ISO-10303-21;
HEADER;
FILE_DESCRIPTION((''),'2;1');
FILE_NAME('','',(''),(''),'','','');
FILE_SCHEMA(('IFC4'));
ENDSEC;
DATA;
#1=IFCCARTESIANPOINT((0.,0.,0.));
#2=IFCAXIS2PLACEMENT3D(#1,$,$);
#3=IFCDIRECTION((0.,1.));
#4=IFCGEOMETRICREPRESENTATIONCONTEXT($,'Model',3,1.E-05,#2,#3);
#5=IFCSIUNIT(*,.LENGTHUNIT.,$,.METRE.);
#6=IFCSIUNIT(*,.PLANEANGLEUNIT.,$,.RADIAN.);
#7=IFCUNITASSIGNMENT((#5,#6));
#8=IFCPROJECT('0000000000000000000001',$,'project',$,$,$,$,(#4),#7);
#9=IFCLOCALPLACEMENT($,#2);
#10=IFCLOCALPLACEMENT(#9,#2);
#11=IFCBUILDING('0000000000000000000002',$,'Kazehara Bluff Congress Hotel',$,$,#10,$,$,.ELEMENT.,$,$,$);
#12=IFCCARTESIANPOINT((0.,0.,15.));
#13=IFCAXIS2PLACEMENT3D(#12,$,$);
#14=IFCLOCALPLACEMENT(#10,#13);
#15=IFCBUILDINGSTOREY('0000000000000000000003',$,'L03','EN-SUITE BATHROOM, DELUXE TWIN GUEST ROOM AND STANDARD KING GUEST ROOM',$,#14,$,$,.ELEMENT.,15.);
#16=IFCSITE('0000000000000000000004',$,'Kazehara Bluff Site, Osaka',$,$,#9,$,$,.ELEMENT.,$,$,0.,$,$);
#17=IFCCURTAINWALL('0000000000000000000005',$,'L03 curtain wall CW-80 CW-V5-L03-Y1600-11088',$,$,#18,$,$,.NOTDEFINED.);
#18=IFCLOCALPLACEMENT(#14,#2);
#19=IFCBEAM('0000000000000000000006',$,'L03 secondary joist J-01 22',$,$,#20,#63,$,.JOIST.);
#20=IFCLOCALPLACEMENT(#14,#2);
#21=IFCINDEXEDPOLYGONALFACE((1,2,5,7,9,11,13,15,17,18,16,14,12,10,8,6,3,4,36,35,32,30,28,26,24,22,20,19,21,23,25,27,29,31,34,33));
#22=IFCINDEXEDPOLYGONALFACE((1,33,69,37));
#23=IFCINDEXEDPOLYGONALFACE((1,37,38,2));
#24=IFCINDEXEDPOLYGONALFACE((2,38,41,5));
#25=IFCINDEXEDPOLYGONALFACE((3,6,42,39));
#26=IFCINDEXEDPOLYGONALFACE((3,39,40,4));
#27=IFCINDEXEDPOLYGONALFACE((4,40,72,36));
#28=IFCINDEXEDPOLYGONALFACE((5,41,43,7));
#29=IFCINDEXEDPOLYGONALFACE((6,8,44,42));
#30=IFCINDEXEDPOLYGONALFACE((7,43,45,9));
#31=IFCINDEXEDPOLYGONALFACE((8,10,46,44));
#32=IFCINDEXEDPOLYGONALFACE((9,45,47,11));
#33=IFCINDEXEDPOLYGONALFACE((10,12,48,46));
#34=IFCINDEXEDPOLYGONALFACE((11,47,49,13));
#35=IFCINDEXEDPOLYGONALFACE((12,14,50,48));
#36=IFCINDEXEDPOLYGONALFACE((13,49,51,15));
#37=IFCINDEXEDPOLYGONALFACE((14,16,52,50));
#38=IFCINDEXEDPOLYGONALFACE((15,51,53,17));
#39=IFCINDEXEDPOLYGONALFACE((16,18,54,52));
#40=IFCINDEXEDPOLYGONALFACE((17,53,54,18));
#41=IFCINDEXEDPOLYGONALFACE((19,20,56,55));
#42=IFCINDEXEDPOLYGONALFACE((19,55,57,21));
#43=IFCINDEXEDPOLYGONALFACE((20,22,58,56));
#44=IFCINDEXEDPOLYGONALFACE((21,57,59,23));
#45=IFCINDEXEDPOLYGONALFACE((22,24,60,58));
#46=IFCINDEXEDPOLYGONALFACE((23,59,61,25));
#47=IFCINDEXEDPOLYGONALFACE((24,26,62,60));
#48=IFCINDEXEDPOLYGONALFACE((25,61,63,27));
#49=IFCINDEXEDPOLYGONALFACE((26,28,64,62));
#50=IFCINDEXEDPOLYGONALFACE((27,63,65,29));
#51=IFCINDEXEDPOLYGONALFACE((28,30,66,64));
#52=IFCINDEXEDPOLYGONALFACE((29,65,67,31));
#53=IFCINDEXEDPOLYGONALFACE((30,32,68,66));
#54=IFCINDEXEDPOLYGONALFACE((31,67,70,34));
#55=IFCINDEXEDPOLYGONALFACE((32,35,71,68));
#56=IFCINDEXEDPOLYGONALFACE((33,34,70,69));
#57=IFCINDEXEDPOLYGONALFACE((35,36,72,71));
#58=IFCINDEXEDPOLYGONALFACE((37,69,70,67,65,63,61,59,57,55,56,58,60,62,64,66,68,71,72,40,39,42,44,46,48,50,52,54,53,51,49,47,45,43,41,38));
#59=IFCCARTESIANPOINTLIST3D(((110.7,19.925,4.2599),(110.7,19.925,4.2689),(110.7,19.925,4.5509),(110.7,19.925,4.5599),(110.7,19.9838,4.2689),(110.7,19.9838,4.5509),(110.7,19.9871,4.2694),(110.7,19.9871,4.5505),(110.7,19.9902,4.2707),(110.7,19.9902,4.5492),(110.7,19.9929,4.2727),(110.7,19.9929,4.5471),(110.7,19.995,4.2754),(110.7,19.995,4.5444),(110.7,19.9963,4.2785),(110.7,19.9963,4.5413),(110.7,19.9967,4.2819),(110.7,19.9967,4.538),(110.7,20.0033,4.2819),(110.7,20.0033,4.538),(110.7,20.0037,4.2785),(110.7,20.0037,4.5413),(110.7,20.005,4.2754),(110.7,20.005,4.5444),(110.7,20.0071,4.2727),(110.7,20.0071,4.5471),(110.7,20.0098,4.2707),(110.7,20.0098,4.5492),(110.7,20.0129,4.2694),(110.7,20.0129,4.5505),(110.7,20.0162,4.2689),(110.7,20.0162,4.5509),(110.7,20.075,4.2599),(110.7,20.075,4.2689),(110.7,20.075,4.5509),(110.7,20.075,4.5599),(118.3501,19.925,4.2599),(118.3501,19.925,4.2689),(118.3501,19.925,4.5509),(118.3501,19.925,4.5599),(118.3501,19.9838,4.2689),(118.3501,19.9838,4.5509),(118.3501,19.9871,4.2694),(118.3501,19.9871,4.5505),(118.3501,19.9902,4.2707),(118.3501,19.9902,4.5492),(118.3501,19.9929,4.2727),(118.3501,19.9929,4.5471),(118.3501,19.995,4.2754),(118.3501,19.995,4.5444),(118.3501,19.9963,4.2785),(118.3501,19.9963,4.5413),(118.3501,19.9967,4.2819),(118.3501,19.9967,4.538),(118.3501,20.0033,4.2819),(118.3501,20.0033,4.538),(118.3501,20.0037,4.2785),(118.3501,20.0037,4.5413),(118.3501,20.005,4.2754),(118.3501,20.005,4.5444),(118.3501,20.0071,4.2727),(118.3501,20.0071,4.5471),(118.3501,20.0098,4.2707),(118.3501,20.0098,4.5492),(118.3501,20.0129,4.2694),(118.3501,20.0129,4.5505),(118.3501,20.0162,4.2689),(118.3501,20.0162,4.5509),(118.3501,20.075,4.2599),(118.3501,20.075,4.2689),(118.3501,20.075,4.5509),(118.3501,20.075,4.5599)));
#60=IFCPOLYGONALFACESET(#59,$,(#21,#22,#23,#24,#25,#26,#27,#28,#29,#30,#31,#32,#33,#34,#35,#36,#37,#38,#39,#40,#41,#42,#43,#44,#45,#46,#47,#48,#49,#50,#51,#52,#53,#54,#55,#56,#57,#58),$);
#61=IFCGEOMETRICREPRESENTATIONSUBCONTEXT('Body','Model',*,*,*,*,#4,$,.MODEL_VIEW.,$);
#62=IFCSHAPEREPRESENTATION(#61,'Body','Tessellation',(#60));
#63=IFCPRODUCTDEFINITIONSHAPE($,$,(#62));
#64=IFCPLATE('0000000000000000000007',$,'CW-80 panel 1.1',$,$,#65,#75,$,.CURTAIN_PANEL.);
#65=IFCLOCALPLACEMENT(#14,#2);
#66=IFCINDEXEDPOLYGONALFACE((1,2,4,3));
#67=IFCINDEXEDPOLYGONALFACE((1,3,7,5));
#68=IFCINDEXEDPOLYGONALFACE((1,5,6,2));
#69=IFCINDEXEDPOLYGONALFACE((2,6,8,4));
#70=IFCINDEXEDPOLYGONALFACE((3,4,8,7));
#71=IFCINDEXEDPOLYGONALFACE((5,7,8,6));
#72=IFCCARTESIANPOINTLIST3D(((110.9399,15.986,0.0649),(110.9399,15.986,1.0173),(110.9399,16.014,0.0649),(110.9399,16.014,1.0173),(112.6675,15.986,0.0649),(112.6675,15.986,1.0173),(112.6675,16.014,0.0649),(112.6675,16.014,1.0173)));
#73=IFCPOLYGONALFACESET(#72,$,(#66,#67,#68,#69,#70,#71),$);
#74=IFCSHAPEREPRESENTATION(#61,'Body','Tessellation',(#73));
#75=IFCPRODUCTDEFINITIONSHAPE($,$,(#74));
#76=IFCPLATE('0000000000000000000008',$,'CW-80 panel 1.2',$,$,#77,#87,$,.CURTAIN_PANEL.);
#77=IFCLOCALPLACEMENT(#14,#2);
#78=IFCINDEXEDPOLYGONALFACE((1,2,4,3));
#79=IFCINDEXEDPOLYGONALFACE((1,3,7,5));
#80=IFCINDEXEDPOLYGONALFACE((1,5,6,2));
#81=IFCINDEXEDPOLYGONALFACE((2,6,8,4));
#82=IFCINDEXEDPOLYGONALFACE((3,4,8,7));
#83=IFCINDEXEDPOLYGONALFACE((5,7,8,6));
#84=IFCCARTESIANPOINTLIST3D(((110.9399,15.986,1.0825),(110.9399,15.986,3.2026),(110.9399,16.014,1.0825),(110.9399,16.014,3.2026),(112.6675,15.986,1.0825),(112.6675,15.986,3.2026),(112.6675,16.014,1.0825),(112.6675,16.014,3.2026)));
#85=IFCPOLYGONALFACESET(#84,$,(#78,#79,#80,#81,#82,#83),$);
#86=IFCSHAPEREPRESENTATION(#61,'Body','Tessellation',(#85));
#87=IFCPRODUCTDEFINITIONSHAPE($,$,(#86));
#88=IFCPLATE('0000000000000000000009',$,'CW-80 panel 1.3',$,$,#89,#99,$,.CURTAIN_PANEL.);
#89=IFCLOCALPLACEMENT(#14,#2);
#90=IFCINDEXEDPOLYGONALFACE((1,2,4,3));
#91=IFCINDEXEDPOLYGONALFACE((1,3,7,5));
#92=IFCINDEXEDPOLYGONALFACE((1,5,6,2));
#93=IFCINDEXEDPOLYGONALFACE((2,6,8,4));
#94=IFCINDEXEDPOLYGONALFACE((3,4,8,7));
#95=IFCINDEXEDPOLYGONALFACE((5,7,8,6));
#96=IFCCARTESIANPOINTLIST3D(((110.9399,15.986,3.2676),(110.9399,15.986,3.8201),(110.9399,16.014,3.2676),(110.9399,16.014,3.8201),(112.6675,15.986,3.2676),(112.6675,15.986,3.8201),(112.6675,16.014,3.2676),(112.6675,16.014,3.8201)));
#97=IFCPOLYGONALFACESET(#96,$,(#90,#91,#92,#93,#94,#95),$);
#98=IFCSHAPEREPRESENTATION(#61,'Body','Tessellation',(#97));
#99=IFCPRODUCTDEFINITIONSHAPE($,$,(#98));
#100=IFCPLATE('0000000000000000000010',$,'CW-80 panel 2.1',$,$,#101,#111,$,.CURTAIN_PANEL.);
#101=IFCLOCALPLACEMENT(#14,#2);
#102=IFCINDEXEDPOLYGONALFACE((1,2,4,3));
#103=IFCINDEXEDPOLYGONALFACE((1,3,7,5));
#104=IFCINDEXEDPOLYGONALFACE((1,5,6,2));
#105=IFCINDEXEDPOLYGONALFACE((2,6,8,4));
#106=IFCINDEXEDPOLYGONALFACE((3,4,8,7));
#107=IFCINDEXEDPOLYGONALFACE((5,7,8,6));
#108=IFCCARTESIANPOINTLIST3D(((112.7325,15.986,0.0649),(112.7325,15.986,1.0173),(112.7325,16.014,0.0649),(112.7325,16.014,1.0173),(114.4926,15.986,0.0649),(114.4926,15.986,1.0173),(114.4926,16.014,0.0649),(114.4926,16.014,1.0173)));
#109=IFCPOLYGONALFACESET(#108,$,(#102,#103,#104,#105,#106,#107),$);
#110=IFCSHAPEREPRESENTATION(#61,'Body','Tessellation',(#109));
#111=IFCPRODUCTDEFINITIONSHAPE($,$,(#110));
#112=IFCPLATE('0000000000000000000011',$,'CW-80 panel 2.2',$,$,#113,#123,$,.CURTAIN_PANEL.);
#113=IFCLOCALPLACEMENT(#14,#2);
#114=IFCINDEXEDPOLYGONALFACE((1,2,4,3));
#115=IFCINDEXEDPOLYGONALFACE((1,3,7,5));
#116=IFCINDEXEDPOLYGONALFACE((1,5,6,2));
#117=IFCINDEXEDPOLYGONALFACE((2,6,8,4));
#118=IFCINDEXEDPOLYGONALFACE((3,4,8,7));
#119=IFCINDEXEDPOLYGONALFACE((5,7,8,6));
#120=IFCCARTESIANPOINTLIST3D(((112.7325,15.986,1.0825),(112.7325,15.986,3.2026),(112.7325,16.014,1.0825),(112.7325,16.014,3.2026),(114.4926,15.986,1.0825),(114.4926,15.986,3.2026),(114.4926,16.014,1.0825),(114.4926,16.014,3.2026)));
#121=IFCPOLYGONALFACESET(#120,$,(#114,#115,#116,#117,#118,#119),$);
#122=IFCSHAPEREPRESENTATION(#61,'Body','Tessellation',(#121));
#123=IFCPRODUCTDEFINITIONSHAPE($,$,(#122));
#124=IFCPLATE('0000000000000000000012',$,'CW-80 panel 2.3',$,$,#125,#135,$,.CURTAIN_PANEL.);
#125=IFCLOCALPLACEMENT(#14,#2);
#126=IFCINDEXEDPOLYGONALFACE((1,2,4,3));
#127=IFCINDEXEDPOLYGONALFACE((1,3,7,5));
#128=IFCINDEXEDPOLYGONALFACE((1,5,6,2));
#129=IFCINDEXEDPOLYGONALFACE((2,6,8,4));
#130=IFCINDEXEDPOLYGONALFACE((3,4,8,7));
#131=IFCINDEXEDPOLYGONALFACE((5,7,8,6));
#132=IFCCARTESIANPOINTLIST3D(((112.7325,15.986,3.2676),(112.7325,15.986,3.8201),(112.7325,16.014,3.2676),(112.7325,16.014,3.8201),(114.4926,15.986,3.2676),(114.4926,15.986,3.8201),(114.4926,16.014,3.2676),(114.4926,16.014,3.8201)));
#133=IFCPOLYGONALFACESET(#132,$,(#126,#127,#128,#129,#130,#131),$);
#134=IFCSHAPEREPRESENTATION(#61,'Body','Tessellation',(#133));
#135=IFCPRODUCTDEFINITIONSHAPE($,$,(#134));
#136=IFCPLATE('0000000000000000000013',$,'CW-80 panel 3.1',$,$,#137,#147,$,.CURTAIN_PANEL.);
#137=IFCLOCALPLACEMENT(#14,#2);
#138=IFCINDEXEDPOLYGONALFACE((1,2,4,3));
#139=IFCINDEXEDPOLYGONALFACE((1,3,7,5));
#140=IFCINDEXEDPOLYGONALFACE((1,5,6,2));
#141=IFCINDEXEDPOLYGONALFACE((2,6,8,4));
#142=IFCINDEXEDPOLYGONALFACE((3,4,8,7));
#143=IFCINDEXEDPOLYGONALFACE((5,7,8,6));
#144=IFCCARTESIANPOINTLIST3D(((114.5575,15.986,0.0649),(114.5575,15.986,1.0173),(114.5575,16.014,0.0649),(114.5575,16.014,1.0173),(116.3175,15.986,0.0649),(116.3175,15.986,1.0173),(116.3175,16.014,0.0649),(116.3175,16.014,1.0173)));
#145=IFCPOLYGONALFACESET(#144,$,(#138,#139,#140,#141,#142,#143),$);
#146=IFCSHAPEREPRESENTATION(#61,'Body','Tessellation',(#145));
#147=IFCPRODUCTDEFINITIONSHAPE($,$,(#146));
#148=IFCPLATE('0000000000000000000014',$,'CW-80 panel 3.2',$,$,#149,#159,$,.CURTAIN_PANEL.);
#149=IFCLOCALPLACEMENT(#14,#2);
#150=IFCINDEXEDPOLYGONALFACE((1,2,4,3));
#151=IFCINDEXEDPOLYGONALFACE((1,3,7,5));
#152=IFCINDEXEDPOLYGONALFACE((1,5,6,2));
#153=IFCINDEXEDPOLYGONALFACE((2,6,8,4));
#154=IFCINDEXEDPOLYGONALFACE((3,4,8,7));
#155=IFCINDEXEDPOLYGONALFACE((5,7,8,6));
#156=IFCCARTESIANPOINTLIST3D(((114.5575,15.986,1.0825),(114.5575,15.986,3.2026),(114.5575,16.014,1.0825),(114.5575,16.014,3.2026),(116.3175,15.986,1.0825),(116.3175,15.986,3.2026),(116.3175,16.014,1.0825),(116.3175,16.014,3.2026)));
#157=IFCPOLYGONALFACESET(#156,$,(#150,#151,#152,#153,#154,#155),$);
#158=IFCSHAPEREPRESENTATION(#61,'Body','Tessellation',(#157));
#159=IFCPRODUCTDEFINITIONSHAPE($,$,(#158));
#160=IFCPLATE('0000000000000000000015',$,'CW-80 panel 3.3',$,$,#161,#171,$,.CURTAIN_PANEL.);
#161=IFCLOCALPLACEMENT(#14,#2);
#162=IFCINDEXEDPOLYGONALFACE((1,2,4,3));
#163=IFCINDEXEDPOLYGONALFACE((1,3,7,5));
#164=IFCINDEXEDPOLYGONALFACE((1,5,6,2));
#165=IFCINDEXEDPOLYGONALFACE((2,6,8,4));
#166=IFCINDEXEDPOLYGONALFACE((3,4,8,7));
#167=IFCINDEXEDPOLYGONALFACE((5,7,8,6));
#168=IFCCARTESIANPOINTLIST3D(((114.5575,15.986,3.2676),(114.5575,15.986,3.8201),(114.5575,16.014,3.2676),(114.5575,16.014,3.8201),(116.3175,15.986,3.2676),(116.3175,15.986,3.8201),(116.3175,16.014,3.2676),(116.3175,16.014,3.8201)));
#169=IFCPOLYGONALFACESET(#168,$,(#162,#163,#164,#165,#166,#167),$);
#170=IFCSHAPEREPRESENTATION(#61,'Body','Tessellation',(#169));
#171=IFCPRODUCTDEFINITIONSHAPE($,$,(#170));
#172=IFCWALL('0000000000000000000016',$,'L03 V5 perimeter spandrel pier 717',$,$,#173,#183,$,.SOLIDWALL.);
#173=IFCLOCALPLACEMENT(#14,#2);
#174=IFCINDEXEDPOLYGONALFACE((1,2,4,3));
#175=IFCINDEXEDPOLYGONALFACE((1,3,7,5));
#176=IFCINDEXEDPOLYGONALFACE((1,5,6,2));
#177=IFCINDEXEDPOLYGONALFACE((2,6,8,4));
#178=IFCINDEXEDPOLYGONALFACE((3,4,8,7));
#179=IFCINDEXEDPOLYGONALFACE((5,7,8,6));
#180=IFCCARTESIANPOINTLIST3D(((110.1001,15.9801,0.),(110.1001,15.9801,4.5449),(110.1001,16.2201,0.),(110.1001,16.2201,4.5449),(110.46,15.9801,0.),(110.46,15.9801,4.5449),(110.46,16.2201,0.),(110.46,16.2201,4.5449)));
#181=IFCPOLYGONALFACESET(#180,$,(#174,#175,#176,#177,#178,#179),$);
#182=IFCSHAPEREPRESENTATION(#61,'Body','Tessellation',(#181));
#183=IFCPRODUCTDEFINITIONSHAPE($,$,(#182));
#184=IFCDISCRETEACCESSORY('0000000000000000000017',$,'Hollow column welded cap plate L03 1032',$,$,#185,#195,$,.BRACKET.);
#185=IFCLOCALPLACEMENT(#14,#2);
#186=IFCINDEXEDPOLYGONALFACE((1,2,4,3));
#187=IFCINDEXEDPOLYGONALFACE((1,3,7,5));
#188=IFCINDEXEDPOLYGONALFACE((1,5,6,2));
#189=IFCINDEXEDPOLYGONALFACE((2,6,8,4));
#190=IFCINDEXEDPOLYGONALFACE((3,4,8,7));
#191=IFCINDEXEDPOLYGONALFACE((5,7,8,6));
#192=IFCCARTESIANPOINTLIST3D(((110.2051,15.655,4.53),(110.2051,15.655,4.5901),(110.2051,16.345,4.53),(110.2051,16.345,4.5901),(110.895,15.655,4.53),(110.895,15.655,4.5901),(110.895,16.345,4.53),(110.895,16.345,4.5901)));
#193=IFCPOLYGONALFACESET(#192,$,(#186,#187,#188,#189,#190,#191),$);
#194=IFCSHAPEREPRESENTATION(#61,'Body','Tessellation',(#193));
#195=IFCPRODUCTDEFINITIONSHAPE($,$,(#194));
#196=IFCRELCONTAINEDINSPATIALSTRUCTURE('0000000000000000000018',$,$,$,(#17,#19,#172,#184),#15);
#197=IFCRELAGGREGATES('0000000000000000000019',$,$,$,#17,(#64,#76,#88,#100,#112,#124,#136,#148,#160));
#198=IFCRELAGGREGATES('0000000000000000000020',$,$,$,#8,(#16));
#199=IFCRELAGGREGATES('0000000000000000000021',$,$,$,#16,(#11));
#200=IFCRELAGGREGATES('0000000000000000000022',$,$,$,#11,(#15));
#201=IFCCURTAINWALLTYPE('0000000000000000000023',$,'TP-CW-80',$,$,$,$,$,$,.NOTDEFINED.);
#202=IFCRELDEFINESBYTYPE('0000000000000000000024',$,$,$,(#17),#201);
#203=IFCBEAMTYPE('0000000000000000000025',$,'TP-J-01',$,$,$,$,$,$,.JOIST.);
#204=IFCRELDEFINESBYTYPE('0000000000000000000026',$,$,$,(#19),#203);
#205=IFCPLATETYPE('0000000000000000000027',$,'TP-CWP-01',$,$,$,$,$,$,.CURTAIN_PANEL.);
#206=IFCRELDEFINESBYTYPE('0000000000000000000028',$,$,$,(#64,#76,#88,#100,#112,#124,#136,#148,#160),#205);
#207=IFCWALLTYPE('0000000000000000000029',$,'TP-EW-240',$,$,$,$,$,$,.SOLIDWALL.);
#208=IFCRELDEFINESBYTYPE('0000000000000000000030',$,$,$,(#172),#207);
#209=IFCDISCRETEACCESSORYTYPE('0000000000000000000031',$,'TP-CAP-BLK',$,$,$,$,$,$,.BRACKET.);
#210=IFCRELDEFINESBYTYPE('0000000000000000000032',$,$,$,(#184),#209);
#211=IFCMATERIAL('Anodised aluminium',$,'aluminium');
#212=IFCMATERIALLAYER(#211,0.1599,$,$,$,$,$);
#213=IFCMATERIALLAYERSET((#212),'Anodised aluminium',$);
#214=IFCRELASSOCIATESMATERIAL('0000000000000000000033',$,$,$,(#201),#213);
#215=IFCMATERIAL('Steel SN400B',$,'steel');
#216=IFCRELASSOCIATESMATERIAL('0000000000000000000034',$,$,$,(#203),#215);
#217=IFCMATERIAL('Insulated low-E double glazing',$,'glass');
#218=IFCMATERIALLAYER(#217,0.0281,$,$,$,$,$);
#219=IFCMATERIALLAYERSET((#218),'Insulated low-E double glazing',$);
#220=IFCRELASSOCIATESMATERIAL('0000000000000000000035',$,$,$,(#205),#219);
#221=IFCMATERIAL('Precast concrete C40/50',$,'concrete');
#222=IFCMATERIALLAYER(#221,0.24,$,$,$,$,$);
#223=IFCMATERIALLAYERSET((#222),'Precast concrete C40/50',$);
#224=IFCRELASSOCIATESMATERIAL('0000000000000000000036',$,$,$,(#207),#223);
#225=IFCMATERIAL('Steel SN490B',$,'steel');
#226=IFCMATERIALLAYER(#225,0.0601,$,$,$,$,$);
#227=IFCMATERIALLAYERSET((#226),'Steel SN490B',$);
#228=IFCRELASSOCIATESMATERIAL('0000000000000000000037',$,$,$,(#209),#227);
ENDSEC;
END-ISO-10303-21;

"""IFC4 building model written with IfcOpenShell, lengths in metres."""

from ifc_helpers import new_model, si_unit, direction, frame, frame_2d, origin, origin_2d, place, context, subcontext, project, spatial, rectangle, i_section, extrude, material, layer, layer_set, material_profile, profile_set, type_object, element, aggregate, save


model = new_model("IFC4")

# Units and contexts
model_context = context("Model", 3, precision=1e-05, world=origin(), true_north=direction((0.0, 1.0)))
body_context = subcontext(model_context, "Body", "Model", "MODEL_VIEW")
ifc_project = project(units=[si_unit("LENGTHUNIT", "METRE"), si_unit("PLANEANGLEUNIT", "RADIAN")], contexts=[model_context])

# Site, building, storey
site_placement = place(None, origin())
site = spatial("IfcSite", under=ifc_project, at=site_placement, Name="Kazehara Bluff Site, Osaka", CompositionType="ELEMENT", RefElevation=0.0)
building_placement = place(site_placement, origin())
building = spatial("IfcBuilding", under=site, at=building_placement, Name="Kazehara Bluff Congress Hotel", CompositionType="ELEMENT")
storey_placement = place(building_placement, frame((0.0, 0.0, 15.0)))
storey = spatial("IfcBuildingStorey", under=building, at=storey_placement, Name="L03", Description="EN-SUITE BATHROOM, DELUXE TWIN GUEST ROOM AND STANDARD KING GUEST ROOM", CompositionType="ELEMENT", Elevation=15.0)

# Curtain wall
ifc_material_1 = material(Name="Anodised aluminium", Category="aluminium")
ifc_layer_1 = layer(ifc_material_1, 0.1599)
ifc_layer_set_1 = layer_set([ifc_layer_1], Name="Anodised aluminium")
curtain_wall_type = type_object("IfcCurtainWallType", Name="TP-CW-80", PredefinedType="NOTDEFINED", material=ifc_layer_set_1)
curtain_wall_placement = place(storey_placement, origin())
curtain_wall = element("IfcCurtainWall", 1, at=curtain_wall_placement, inside=storey, type_object=curtain_wall_type, Name="L03 curtain wall CW-80 CW-V5-L03-Y1600-11088", PredefinedType="NOTDEFINED")

# Beam
ifc_material_2 = material(Name="Steel SN400B", Category="steel")
ifc_material_profile_1 = material_profile(ifc_material_2, i_section(OverallWidth=0.1499, OverallDepth=0.3, WebThickness=0.0066, FlangeThickness=0.009, FilletRadius=0.0129, at=origin_2d()))
ifc_profile_set_1 = profile_set([ifc_material_profile_1], Name="Steel SN400B")
beam_type_1 = type_object("IfcBeamType", Name="TP-J-01", PredefinedType="JOIST", material=ifc_profile_set_1)
beam_1_placement = place(storey_placement, frame((110.7, 20.0, 4.4099), z_axis=(1.0, 0.0, 0.0), x_axis=(0.0, 1.0, 0.0)))
element("IfcBeam", 2, at=beam_1_placement, inside=storey, type_object=beam_type_1, Name="L03 secondary joist J-01 22", PredefinedType="JOIST", context=body_context, shape_type="SweptSolid", body=[
    extrude(i_section(OverallWidth=0.1499, OverallDepth=0.3, WebThickness=0.0066, FlangeThickness=0.009, FilletRadius=0.0129, at=origin_2d()), origin(), (0.0, 0.0, 1.0), 7.6501),
])

# Plates
ifc_material_3 = material(Name="Insulated low-E double glazing", Category="glass")
ifc_layer_2 = layer(ifc_material_3, 0.0281)
ifc_layer_set_2 = layer_set([ifc_layer_2], Name="Insulated low-E double glazing")
plate_type = type_object("IfcPlateType", Name="TP-CWP-01", PredefinedType="CURTAIN_PANEL", material=ifc_layer_set_2)
plate_1_placement = place(storey_placement, frame((111.8037, 16.0, 0.0649), z_axis=(0.0, 0.0, 1.0), x_axis=(1.0, 0.0, 0.0)))
plate_1 = element("IfcPlate", 3, at=plate_1_placement, type_object=plate_type, Name="CW-80 panel 1.1", PredefinedType="CURTAIN_PANEL", context=body_context, shape_type="SweptSolid", body=[
    extrude(rectangle(XDim=1.7275, YDim=0.0281, at=origin_2d()), origin(), (0.0, 0.0, 1.0), 0.9524),
])
plate_2_placement = place(storey_placement, frame((111.8037, 16.0, 1.0825), z_axis=(0.0, 0.0, 1.0), x_axis=(1.0, 0.0, 0.0)))
plate_2 = element("IfcPlate", 4, at=plate_2_placement, type_object=plate_type, Name="CW-80 panel 1.2", PredefinedType="CURTAIN_PANEL", context=body_context, shape_type="SweptSolid", body=[
    extrude(rectangle(XDim=1.7275, YDim=0.0281, at=origin_2d()), origin(), (0.0, 0.0, 1.0), 2.1201),
])
plate_3_placement = place(storey_placement, frame((111.8037, 16.0, 3.2676), z_axis=(0.0, 0.0, 1.0), x_axis=(1.0, 0.0, 0.0)))
plate_3 = element("IfcPlate", 5, at=plate_3_placement, type_object=plate_type, Name="CW-80 panel 1.3", PredefinedType="CURTAIN_PANEL", context=body_context, shape_type="SweptSolid", body=[
    extrude(rectangle(XDim=1.7275, YDim=0.0281, at=origin_2d()), origin(), (0.0, 0.0, 1.0), 0.5525),
])
plate_4_placement = place(storey_placement, frame((113.6125, 16.0, 0.0649), z_axis=(0.0, 0.0, 1.0), x_axis=(1.0, 0.0, 0.0)))
plate_4 = element("IfcPlate", 6, at=plate_4_placement, type_object=plate_type, Name="CW-80 panel 2.1", PredefinedType="CURTAIN_PANEL", context=body_context, shape_type="SweptSolid", body=[
    extrude(rectangle(XDim=1.76, YDim=0.0281, at=origin_2d()), origin(), (0.0, 0.0, 1.0), 0.9524),
])
plate_5_placement = place(storey_placement, frame((113.6125, 16.0, 1.0825), z_axis=(0.0, 0.0, 1.0), x_axis=(1.0, 0.0, 0.0)))
plate_5 = element("IfcPlate", 7, at=plate_5_placement, type_object=plate_type, Name="CW-80 panel 2.2", PredefinedType="CURTAIN_PANEL", context=body_context, shape_type="SweptSolid", body=[
    extrude(rectangle(XDim=1.76, YDim=0.0281, at=origin_2d()), origin(), (0.0, 0.0, 1.0), 2.1201),
])
plate_6_placement = place(storey_placement, frame((113.6125, 16.0, 3.2676), z_axis=(0.0, 0.0, 1.0), x_axis=(1.0, 0.0, 0.0)))
plate_6 = element("IfcPlate", 8, at=plate_6_placement, type_object=plate_type, Name="CW-80 panel 2.3", PredefinedType="CURTAIN_PANEL", context=body_context, shape_type="SweptSolid", body=[
    extrude(rectangle(XDim=1.76, YDim=0.0281, at=origin_2d()), origin(), (0.0, 0.0, 1.0), 0.5525),
])
plate_7_placement = place(storey_placement, frame((115.4375, 16.0, 0.0649), z_axis=(0.0, 0.0, 1.0), x_axis=(1.0, 0.0, 0.0)))
plate_7 = element("IfcPlate", 9, at=plate_7_placement, type_object=plate_type, Name="CW-80 panel 3.1", PredefinedType="CURTAIN_PANEL", context=body_context, shape_type="SweptSolid", body=[
    extrude(rectangle(XDim=1.76, YDim=0.0281, at=origin_2d()), origin(), (0.0, 0.0, 1.0), 0.9524),
])
plate_8_placement = place(storey_placement, frame((115.4375, 16.0, 1.0825), z_axis=(0.0, 0.0, 1.0), x_axis=(1.0, 0.0, 0.0)))
plate_8 = element("IfcPlate", 10, at=plate_8_placement, type_object=plate_type, Name="CW-80 panel 3.2", PredefinedType="CURTAIN_PANEL", context=body_context, shape_type="SweptSolid", body=[
    extrude(rectangle(XDim=1.76, YDim=0.0281, at=origin_2d()), origin(), (0.0, 0.0, 1.0), 2.1201),
])
plate_9_placement = place(storey_placement, frame((115.4375, 16.0, 3.2676), z_axis=(0.0, 0.0, 1.0), x_axis=(1.0, 0.0, 0.0)))
plate_9 = element("IfcPlate", 11, at=plate_9_placement, type_object=plate_type, Name="CW-80 panel 3.3", PredefinedType="CURTAIN_PANEL", context=body_context, shape_type="SweptSolid", body=[
    extrude(rectangle(XDim=1.76, YDim=0.0281, at=origin_2d()), origin(), (0.0, 0.0, 1.0), 0.5525),
])
aggregate(curtain_wall, [plate_1, plate_2, plate_3, plate_4, plate_5, plate_6, plate_7, plate_8, plate_9])

# Wall
ifc_material_4 = material(Name="Precast concrete C40/50", Category="concrete")
ifc_layer_3 = layer(ifc_material_4, 0.24)
ifc_layer_set_3 = layer_set([ifc_layer_3], Name="Precast concrete C40/50")
wall_type = type_object("IfcWallType", Name="TP-EW-240", PredefinedType="SOLIDWALL", material=ifc_layer_set_3)
wall_placement = place(storey_placement, frame((110.46, 16.1001, 0.0), z_axis=(0.0, 0.0, 1.0), x_axis=(-1.0, 0.0, 0.0)))
element("IfcWall", 12, at=wall_placement, inside=storey, type_object=wall_type, Name="L03 V5 perimeter spandrel pier 717", PredefinedType="SOLIDWALL", context=body_context, shape_type="SweptSolid", body=[
    extrude(rectangle(XDim=0.3599, YDim=0.24, at=frame_2d((0.1799, 0.0))), origin(), (0.0, 0.0, 1.0), 4.5449),
])

# Discrete accessory
ifc_material_5 = material(Name="Steel SN490B", Category="steel")
ifc_layer_4 = layer(ifc_material_5, 0.0601)
ifc_layer_set_4 = layer_set([ifc_layer_4], Name="Steel SN490B")
discrete_accessory_type = type_object("IfcDiscreteAccessoryType", Name="TP-CAP-BLK", PredefinedType="BRACKET", material=ifc_layer_set_4)
discrete_accessory_placement = place(storey_placement, frame((110.55, 16.0, 4.53), z_axis=(0.0, 0.0, 1.0), x_axis=(1.0, 0.0, 0.0)))
element("IfcDiscreteAccessory", 13, at=discrete_accessory_placement, inside=storey, type_object=discrete_accessory_type, Name="Hollow column welded cap plate L03 1032", PredefinedType="BRACKET", context=body_context, shape_type="SweptSolid", body=[
    extrude(rectangle(XDim=0.6899, YDim=0.6899, at=origin_2d()), origin(), (0.0, 0.0, 1.0), 0.0601),
])

save(model, "model.ifc")
